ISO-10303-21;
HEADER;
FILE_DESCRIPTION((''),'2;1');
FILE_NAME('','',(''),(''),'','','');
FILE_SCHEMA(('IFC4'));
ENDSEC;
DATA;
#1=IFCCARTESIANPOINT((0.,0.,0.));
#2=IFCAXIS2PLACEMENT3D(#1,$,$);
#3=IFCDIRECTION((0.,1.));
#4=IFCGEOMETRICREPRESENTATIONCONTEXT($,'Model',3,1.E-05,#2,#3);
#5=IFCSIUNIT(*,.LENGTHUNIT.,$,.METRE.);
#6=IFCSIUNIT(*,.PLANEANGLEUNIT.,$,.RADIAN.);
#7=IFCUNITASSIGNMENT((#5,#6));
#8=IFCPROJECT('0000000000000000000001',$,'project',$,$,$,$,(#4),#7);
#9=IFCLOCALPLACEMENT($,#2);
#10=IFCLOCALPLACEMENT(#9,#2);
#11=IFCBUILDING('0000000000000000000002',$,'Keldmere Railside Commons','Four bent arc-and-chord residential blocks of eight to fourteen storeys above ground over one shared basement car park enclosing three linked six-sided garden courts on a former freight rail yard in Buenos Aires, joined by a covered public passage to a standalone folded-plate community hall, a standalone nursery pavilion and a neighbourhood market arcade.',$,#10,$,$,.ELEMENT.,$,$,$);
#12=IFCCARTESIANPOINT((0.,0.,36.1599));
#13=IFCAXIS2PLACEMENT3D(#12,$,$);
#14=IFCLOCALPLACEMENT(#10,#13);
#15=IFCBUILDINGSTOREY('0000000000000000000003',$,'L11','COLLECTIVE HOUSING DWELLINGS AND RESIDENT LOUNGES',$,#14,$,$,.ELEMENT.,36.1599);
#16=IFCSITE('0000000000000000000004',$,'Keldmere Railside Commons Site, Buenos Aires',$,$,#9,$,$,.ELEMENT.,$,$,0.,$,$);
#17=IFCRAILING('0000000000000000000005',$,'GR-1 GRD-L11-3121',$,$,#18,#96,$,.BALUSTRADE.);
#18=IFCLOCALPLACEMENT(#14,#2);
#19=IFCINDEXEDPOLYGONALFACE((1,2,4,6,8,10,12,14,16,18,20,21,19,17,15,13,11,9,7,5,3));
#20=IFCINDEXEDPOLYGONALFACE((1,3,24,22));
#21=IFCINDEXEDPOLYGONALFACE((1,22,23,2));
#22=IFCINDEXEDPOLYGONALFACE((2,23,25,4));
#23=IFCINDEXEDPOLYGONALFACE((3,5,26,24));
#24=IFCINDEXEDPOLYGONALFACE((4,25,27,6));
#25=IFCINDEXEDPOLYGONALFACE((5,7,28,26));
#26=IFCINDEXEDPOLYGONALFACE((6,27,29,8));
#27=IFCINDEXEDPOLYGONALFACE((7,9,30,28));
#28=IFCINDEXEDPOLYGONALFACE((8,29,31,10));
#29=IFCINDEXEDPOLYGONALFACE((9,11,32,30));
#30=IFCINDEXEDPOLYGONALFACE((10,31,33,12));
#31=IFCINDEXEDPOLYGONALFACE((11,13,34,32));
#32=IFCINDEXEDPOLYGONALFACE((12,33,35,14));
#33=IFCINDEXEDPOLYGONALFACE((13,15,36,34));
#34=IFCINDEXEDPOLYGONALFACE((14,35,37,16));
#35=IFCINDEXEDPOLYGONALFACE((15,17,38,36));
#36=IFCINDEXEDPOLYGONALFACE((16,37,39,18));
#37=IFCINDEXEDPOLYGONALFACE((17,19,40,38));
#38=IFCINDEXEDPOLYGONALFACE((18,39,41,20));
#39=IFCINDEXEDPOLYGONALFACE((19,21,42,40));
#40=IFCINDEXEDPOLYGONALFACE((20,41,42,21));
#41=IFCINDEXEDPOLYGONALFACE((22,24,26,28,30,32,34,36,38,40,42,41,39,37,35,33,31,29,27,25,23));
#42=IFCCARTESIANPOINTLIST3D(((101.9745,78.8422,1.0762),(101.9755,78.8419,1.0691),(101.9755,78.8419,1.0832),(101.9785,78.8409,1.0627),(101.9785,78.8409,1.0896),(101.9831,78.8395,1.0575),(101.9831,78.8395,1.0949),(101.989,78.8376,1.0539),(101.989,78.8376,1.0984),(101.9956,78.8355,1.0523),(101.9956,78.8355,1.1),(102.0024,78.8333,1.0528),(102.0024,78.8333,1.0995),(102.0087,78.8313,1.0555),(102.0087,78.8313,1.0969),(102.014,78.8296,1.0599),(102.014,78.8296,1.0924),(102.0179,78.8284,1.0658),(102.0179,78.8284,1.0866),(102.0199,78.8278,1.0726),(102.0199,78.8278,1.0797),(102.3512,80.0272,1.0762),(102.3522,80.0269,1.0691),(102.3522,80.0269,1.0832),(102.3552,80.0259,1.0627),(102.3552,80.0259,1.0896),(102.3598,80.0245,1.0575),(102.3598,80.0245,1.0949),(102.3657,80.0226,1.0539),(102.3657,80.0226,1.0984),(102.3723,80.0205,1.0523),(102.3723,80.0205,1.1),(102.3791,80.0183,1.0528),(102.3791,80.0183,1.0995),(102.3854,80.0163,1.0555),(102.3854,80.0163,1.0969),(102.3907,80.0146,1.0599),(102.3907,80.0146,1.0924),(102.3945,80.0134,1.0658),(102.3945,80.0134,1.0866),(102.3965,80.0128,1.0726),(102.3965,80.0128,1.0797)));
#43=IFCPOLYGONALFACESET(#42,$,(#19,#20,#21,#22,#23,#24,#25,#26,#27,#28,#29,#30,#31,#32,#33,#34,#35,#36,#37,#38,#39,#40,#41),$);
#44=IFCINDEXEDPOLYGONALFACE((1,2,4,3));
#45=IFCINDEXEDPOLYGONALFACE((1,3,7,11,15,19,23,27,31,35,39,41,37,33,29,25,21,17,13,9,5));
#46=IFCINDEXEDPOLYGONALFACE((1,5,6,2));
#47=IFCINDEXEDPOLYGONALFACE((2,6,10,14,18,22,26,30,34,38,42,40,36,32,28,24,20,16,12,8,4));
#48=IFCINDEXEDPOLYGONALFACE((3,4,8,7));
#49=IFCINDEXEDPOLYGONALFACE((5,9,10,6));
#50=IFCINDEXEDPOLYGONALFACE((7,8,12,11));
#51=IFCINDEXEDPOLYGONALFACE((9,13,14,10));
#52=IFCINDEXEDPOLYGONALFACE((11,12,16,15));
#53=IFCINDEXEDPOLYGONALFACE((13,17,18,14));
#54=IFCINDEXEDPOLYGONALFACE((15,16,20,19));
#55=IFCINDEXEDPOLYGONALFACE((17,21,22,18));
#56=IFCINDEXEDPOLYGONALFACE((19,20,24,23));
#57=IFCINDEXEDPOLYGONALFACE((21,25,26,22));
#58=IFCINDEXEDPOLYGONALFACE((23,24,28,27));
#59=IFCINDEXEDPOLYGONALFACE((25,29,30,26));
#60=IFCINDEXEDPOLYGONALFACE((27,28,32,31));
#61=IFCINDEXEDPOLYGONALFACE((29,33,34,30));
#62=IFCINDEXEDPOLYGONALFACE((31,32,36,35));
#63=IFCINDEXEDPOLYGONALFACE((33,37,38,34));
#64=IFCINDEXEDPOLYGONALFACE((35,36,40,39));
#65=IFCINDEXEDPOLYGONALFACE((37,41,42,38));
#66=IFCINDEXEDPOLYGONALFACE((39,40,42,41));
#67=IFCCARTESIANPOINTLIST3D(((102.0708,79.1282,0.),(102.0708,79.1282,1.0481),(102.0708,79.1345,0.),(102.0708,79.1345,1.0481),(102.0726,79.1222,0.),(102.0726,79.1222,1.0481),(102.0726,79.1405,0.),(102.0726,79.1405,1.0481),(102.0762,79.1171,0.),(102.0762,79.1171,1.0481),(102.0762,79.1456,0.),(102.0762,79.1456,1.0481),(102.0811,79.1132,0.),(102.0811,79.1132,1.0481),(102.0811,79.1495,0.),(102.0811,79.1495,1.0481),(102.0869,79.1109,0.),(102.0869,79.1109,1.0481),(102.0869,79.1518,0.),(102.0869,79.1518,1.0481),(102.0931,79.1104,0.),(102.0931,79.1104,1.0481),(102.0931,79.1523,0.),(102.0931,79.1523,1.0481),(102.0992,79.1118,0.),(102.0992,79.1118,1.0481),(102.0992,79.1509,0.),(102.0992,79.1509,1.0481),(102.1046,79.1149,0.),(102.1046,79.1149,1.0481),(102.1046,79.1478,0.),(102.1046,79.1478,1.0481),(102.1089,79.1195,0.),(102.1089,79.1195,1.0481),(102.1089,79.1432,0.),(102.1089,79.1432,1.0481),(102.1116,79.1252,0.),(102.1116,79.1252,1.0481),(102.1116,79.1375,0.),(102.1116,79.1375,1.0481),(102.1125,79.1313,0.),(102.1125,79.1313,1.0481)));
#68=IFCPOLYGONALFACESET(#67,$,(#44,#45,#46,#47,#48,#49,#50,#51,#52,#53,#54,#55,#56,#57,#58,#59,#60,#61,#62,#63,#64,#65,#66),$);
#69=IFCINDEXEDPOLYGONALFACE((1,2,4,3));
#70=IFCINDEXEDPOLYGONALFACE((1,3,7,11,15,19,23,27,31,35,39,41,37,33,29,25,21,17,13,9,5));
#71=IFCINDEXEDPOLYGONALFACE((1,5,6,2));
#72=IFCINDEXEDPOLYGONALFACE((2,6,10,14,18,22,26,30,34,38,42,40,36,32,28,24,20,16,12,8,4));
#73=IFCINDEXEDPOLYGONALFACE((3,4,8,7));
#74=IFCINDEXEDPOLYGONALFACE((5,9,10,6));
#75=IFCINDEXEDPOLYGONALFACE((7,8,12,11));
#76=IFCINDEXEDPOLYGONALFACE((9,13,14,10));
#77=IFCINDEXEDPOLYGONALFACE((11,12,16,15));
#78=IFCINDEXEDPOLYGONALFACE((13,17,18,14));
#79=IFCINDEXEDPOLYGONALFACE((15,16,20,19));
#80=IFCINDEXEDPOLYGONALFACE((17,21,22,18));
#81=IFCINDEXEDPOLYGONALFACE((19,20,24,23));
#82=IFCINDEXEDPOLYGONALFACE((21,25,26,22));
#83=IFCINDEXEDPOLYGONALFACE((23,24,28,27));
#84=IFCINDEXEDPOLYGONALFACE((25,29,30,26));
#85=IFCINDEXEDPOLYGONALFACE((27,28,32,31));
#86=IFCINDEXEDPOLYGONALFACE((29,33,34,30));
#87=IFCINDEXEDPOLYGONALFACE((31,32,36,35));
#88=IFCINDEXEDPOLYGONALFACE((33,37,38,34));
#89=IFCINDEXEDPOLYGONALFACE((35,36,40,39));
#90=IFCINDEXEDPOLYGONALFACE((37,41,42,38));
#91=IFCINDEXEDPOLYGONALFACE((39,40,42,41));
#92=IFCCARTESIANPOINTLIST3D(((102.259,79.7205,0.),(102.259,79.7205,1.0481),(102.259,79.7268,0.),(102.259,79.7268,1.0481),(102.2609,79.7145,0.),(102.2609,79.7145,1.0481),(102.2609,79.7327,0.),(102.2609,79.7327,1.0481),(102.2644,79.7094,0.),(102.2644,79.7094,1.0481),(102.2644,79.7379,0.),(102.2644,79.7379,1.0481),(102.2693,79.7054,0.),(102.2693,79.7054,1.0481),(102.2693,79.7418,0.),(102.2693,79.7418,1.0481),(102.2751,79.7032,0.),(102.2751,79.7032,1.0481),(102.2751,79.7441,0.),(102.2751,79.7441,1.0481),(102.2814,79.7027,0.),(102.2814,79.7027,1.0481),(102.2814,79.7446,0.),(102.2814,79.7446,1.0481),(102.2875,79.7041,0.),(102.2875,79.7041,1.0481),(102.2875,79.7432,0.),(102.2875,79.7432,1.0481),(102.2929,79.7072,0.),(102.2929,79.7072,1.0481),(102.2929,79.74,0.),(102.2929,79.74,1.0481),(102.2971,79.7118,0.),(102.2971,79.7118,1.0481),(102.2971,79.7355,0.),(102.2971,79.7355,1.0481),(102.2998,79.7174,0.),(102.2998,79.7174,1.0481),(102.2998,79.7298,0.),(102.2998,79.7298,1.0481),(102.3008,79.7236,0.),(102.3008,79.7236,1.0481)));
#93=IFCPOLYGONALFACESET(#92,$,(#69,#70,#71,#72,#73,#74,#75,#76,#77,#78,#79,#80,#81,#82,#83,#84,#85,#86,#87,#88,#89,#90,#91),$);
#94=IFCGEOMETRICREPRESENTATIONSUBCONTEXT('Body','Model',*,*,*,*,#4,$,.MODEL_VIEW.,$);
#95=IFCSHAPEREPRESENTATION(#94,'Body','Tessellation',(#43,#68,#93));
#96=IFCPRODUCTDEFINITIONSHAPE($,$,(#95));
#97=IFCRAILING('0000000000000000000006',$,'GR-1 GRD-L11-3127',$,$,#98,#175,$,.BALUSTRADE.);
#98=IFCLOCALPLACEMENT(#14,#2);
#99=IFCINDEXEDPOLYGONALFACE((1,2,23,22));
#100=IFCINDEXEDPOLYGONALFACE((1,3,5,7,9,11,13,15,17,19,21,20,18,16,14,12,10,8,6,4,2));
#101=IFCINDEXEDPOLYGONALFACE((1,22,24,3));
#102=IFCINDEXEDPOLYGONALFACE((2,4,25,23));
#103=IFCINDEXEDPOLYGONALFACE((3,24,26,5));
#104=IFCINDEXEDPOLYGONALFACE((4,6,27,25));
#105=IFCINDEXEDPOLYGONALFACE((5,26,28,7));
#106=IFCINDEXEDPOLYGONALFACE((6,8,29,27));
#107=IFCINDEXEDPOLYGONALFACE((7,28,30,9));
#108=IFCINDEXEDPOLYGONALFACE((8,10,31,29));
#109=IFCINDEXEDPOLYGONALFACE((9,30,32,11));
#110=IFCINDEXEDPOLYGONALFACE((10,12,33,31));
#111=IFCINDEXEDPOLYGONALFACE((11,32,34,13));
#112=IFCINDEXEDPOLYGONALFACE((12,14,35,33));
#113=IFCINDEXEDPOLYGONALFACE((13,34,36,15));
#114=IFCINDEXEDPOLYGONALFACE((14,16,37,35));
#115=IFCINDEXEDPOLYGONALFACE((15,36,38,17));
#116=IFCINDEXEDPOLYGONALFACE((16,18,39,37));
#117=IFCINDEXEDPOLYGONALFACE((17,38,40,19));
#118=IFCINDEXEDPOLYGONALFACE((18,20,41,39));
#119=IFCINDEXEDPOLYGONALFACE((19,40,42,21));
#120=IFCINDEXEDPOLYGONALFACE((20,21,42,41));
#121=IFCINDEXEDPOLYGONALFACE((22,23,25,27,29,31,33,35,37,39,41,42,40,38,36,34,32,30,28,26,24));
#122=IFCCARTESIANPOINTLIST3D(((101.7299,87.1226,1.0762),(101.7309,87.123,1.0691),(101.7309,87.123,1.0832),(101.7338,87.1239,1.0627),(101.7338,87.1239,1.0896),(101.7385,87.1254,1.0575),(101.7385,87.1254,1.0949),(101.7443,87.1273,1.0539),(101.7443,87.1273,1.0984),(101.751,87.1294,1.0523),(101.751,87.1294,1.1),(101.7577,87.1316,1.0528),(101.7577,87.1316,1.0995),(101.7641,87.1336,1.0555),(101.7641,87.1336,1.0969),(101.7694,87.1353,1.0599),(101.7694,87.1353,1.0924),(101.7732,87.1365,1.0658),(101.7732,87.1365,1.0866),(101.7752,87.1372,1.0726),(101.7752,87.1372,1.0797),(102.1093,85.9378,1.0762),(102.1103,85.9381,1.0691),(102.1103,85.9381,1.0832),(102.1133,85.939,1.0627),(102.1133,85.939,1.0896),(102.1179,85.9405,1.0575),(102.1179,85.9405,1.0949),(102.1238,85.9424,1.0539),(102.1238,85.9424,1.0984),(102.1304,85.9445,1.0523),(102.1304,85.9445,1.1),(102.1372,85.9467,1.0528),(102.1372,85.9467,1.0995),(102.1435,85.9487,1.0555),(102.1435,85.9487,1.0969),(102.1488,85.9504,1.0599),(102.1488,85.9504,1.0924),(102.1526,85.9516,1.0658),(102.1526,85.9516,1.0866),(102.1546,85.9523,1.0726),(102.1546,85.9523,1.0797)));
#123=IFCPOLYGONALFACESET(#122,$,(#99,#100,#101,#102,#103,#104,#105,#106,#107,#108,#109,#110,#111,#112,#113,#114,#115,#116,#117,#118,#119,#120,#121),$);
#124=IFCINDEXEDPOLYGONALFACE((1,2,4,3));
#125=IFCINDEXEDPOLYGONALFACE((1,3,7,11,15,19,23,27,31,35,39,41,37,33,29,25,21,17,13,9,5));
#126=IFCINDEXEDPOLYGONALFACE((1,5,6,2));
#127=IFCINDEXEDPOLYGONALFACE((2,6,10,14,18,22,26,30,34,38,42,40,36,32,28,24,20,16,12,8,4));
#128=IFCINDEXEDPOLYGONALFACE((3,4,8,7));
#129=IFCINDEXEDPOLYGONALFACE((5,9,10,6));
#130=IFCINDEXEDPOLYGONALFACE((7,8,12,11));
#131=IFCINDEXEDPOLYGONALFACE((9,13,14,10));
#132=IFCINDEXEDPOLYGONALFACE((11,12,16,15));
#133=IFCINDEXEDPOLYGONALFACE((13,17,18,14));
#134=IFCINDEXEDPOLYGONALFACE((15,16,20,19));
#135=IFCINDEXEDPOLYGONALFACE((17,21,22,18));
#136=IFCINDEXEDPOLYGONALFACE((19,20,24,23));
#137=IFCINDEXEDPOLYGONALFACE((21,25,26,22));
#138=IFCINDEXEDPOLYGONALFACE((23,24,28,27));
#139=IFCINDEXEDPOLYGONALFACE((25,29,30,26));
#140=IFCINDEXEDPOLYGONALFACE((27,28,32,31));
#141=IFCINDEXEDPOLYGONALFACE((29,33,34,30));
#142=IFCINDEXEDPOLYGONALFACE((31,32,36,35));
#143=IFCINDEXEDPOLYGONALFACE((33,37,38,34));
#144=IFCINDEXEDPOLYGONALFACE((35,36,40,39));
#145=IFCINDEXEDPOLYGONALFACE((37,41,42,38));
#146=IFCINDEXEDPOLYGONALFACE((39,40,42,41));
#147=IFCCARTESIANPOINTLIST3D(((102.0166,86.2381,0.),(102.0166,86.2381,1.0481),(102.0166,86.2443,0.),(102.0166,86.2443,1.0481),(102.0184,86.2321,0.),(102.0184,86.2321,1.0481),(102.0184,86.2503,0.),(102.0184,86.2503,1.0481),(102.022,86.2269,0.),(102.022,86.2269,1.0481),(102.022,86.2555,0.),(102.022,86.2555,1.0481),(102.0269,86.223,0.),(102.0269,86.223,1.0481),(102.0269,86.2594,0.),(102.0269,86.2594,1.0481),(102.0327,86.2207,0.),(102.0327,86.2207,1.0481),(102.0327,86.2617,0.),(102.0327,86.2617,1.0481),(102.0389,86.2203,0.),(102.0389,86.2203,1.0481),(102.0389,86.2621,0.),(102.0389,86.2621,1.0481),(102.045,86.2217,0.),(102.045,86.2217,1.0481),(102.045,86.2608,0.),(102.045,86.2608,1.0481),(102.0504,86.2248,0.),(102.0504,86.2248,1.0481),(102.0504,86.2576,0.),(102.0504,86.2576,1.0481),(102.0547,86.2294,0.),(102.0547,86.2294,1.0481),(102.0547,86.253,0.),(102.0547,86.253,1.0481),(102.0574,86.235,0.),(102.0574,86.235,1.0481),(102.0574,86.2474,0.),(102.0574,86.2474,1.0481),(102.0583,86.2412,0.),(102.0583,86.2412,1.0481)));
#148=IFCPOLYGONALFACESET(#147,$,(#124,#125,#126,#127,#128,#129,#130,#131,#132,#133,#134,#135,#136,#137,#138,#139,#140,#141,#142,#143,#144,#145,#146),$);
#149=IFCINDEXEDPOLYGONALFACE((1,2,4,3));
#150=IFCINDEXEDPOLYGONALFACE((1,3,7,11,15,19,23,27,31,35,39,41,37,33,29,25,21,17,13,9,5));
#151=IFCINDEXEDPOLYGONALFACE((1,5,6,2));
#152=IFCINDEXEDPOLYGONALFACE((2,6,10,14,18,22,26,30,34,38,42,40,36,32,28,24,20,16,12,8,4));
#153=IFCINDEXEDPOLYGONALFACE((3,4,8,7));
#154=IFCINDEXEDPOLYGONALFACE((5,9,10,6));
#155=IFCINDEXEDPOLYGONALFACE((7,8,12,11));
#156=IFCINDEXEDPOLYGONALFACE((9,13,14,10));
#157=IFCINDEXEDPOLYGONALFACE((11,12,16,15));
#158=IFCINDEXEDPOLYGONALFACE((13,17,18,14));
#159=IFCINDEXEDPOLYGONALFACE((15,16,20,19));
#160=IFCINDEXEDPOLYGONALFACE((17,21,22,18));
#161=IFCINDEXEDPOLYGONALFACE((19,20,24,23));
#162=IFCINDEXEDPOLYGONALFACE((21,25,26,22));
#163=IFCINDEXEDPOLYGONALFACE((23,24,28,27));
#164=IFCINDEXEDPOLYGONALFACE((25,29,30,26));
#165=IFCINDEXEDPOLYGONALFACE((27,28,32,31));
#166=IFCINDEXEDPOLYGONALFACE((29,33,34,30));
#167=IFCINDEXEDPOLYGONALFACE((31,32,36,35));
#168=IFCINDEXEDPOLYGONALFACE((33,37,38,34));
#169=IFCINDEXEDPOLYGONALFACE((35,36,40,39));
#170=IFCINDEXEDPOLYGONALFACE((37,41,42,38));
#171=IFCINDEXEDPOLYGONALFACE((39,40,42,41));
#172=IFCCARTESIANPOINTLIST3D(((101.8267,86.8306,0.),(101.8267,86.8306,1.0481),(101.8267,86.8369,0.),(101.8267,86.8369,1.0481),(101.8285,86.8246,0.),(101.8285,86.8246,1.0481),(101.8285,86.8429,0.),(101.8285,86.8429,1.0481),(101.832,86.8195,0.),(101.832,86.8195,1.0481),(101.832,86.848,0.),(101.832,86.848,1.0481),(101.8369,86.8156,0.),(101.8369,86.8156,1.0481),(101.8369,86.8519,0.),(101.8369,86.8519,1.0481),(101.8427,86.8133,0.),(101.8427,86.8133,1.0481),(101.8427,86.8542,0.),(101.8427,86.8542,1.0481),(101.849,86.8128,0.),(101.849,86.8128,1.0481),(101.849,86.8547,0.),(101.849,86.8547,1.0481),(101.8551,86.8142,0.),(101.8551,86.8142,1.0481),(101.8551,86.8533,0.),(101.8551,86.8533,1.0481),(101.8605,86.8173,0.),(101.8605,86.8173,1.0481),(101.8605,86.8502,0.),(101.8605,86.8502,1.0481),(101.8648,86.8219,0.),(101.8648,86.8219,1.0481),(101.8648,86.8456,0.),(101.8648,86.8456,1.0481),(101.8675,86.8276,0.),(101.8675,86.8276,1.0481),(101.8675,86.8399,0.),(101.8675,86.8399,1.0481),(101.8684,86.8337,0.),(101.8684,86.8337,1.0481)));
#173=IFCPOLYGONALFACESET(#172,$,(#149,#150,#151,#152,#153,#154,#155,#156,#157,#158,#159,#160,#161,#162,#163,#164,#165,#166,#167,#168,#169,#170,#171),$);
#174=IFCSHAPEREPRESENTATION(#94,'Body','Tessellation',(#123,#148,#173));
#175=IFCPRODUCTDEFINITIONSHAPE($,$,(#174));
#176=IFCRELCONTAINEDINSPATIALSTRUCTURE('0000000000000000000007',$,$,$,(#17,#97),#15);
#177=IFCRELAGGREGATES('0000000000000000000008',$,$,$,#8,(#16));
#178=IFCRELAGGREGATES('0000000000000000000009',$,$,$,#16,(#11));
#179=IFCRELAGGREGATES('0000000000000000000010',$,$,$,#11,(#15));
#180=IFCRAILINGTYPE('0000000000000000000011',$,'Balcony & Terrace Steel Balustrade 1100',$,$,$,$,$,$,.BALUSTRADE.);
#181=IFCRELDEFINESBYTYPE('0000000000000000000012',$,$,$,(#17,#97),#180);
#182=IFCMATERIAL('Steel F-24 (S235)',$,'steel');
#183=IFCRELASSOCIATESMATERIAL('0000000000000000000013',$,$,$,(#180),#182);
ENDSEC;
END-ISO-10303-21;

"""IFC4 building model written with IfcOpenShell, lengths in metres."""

from ifc_helpers import new_model, si_unit, direction, frame, origin, origin_2d, place, context, subcontext, project, spatial, circle, extrude, material, type_object, element, save


model = new_model("IFC4")

# Units and contexts
model_context = context("Model", 3, precision=1e-05, world=origin(), true_north=direction((0.0, 1.0)))
body_context = subcontext(model_context, "Body", "Model", "MODEL_VIEW")
ifc_project = project(units=[si_unit("LENGTHUNIT", "METRE"), si_unit("PLANEANGLEUNIT", "RADIAN")], contexts=[model_context])

# Site, building, storey
site_placement = place(None, origin())
site = spatial("IfcSite", under=ifc_project, at=site_placement, Name="Keldmere Railside Commons Site, Buenos Aires", CompositionType="ELEMENT", RefElevation=0.0)
building_placement = place(site_placement, origin())
building = spatial("IfcBuilding", under=site, at=building_placement, Name="Keldmere Railside Commons", Description="Four bent arc-and-chord residential blocks of eight to fourteen storeys above ground over one shared basement car park enclosing three linked six-sided garden courts on a former freight rail yard in Buenos Aires, joined by a covered public passage to a standalone folded-plate community hall, a standalone nursery pavilion and a neighbourhood market arcade.", CompositionType="ELEMENT")
storey_placement = place(building_placement, frame((0.0, 0.0, 36.1599)))
storey = spatial("IfcBuildingStorey", under=building, at=storey_placement, Name="L11", Description="COLLECTIVE HOUSING DWELLINGS AND RESIDENT LOUNGES", CompositionType="ELEMENT", Elevation=36.1599)

# Railings
ifc_material_1 = material(Name="Steel F-24 (S235)", Category="steel")
railing_type = type_object("IfcRailingType", Name="Balcony & Terrace Steel Balustrade 1100", PredefinedType="BALUSTRADE", material=ifc_material_1)
railing_1_placement = place(storey_placement, frame((101.9973, 78.835, 0.0)))
element("IfcRailing", 1, at=railing_1_placement, inside=storey, type_object=railing_type, Name="GR-1 GRD-L11-3121", PredefinedType="BALUSTRADE", context=body_context, shape_type="SweptSolid", body=[
    extrude(circle(Radius=0.0239, at=origin_2d()), frame((0.0, 0.0, 1.0762), z_axis=(0.302944, 0.953008, 0.0), x_axis=(-0.953008, 0.302944, 0.0)), (0.0, 0.0, 1.0), 1.2434),
    extrude(circle(Radius=0.021, at=origin_2d()), frame((0.0942, 0.2964, 0.0)), (0.0, 0.0, 1.0), 1.0481),
    extrude(circle(Radius=0.021, at=origin_2d()), frame((0.2825, 0.8887, 0.0)), (0.0, 0.0, 1.0), 1.0481),
])
railing_2_placement = place(storey_placement, frame((102.1321, 85.9451, 0.0)))
element("IfcRailing", 2, at=railing_2_placement, inside=storey, type_object=railing_type, Name="GR-1 GRD-L11-3127", PredefinedType="BALUSTRADE", context=body_context, shape_type="SweptSolid", body=[
    extrude(circle(Radius=0.0239, at=origin_2d()), frame((0.0, 0.0, 1.0762), z_axis=(-0.304961, 0.952365, 0.0), x_axis=(-0.952365, -0.304961, 0.0)), (0.0, 0.0, 1.0), 1.2441),
    extrude(circle(Radius=0.021, at=origin_2d()), frame((-0.0947, 0.2961, 0.0)), (0.0, 0.0, 1.0), 1.0481),
    extrude(circle(Radius=0.021, at=origin_2d()), frame((-0.2847, 0.8887, 0.0)), (0.0, 0.0, 1.0), 1.0481),
])

save(model, "model.ifc")
